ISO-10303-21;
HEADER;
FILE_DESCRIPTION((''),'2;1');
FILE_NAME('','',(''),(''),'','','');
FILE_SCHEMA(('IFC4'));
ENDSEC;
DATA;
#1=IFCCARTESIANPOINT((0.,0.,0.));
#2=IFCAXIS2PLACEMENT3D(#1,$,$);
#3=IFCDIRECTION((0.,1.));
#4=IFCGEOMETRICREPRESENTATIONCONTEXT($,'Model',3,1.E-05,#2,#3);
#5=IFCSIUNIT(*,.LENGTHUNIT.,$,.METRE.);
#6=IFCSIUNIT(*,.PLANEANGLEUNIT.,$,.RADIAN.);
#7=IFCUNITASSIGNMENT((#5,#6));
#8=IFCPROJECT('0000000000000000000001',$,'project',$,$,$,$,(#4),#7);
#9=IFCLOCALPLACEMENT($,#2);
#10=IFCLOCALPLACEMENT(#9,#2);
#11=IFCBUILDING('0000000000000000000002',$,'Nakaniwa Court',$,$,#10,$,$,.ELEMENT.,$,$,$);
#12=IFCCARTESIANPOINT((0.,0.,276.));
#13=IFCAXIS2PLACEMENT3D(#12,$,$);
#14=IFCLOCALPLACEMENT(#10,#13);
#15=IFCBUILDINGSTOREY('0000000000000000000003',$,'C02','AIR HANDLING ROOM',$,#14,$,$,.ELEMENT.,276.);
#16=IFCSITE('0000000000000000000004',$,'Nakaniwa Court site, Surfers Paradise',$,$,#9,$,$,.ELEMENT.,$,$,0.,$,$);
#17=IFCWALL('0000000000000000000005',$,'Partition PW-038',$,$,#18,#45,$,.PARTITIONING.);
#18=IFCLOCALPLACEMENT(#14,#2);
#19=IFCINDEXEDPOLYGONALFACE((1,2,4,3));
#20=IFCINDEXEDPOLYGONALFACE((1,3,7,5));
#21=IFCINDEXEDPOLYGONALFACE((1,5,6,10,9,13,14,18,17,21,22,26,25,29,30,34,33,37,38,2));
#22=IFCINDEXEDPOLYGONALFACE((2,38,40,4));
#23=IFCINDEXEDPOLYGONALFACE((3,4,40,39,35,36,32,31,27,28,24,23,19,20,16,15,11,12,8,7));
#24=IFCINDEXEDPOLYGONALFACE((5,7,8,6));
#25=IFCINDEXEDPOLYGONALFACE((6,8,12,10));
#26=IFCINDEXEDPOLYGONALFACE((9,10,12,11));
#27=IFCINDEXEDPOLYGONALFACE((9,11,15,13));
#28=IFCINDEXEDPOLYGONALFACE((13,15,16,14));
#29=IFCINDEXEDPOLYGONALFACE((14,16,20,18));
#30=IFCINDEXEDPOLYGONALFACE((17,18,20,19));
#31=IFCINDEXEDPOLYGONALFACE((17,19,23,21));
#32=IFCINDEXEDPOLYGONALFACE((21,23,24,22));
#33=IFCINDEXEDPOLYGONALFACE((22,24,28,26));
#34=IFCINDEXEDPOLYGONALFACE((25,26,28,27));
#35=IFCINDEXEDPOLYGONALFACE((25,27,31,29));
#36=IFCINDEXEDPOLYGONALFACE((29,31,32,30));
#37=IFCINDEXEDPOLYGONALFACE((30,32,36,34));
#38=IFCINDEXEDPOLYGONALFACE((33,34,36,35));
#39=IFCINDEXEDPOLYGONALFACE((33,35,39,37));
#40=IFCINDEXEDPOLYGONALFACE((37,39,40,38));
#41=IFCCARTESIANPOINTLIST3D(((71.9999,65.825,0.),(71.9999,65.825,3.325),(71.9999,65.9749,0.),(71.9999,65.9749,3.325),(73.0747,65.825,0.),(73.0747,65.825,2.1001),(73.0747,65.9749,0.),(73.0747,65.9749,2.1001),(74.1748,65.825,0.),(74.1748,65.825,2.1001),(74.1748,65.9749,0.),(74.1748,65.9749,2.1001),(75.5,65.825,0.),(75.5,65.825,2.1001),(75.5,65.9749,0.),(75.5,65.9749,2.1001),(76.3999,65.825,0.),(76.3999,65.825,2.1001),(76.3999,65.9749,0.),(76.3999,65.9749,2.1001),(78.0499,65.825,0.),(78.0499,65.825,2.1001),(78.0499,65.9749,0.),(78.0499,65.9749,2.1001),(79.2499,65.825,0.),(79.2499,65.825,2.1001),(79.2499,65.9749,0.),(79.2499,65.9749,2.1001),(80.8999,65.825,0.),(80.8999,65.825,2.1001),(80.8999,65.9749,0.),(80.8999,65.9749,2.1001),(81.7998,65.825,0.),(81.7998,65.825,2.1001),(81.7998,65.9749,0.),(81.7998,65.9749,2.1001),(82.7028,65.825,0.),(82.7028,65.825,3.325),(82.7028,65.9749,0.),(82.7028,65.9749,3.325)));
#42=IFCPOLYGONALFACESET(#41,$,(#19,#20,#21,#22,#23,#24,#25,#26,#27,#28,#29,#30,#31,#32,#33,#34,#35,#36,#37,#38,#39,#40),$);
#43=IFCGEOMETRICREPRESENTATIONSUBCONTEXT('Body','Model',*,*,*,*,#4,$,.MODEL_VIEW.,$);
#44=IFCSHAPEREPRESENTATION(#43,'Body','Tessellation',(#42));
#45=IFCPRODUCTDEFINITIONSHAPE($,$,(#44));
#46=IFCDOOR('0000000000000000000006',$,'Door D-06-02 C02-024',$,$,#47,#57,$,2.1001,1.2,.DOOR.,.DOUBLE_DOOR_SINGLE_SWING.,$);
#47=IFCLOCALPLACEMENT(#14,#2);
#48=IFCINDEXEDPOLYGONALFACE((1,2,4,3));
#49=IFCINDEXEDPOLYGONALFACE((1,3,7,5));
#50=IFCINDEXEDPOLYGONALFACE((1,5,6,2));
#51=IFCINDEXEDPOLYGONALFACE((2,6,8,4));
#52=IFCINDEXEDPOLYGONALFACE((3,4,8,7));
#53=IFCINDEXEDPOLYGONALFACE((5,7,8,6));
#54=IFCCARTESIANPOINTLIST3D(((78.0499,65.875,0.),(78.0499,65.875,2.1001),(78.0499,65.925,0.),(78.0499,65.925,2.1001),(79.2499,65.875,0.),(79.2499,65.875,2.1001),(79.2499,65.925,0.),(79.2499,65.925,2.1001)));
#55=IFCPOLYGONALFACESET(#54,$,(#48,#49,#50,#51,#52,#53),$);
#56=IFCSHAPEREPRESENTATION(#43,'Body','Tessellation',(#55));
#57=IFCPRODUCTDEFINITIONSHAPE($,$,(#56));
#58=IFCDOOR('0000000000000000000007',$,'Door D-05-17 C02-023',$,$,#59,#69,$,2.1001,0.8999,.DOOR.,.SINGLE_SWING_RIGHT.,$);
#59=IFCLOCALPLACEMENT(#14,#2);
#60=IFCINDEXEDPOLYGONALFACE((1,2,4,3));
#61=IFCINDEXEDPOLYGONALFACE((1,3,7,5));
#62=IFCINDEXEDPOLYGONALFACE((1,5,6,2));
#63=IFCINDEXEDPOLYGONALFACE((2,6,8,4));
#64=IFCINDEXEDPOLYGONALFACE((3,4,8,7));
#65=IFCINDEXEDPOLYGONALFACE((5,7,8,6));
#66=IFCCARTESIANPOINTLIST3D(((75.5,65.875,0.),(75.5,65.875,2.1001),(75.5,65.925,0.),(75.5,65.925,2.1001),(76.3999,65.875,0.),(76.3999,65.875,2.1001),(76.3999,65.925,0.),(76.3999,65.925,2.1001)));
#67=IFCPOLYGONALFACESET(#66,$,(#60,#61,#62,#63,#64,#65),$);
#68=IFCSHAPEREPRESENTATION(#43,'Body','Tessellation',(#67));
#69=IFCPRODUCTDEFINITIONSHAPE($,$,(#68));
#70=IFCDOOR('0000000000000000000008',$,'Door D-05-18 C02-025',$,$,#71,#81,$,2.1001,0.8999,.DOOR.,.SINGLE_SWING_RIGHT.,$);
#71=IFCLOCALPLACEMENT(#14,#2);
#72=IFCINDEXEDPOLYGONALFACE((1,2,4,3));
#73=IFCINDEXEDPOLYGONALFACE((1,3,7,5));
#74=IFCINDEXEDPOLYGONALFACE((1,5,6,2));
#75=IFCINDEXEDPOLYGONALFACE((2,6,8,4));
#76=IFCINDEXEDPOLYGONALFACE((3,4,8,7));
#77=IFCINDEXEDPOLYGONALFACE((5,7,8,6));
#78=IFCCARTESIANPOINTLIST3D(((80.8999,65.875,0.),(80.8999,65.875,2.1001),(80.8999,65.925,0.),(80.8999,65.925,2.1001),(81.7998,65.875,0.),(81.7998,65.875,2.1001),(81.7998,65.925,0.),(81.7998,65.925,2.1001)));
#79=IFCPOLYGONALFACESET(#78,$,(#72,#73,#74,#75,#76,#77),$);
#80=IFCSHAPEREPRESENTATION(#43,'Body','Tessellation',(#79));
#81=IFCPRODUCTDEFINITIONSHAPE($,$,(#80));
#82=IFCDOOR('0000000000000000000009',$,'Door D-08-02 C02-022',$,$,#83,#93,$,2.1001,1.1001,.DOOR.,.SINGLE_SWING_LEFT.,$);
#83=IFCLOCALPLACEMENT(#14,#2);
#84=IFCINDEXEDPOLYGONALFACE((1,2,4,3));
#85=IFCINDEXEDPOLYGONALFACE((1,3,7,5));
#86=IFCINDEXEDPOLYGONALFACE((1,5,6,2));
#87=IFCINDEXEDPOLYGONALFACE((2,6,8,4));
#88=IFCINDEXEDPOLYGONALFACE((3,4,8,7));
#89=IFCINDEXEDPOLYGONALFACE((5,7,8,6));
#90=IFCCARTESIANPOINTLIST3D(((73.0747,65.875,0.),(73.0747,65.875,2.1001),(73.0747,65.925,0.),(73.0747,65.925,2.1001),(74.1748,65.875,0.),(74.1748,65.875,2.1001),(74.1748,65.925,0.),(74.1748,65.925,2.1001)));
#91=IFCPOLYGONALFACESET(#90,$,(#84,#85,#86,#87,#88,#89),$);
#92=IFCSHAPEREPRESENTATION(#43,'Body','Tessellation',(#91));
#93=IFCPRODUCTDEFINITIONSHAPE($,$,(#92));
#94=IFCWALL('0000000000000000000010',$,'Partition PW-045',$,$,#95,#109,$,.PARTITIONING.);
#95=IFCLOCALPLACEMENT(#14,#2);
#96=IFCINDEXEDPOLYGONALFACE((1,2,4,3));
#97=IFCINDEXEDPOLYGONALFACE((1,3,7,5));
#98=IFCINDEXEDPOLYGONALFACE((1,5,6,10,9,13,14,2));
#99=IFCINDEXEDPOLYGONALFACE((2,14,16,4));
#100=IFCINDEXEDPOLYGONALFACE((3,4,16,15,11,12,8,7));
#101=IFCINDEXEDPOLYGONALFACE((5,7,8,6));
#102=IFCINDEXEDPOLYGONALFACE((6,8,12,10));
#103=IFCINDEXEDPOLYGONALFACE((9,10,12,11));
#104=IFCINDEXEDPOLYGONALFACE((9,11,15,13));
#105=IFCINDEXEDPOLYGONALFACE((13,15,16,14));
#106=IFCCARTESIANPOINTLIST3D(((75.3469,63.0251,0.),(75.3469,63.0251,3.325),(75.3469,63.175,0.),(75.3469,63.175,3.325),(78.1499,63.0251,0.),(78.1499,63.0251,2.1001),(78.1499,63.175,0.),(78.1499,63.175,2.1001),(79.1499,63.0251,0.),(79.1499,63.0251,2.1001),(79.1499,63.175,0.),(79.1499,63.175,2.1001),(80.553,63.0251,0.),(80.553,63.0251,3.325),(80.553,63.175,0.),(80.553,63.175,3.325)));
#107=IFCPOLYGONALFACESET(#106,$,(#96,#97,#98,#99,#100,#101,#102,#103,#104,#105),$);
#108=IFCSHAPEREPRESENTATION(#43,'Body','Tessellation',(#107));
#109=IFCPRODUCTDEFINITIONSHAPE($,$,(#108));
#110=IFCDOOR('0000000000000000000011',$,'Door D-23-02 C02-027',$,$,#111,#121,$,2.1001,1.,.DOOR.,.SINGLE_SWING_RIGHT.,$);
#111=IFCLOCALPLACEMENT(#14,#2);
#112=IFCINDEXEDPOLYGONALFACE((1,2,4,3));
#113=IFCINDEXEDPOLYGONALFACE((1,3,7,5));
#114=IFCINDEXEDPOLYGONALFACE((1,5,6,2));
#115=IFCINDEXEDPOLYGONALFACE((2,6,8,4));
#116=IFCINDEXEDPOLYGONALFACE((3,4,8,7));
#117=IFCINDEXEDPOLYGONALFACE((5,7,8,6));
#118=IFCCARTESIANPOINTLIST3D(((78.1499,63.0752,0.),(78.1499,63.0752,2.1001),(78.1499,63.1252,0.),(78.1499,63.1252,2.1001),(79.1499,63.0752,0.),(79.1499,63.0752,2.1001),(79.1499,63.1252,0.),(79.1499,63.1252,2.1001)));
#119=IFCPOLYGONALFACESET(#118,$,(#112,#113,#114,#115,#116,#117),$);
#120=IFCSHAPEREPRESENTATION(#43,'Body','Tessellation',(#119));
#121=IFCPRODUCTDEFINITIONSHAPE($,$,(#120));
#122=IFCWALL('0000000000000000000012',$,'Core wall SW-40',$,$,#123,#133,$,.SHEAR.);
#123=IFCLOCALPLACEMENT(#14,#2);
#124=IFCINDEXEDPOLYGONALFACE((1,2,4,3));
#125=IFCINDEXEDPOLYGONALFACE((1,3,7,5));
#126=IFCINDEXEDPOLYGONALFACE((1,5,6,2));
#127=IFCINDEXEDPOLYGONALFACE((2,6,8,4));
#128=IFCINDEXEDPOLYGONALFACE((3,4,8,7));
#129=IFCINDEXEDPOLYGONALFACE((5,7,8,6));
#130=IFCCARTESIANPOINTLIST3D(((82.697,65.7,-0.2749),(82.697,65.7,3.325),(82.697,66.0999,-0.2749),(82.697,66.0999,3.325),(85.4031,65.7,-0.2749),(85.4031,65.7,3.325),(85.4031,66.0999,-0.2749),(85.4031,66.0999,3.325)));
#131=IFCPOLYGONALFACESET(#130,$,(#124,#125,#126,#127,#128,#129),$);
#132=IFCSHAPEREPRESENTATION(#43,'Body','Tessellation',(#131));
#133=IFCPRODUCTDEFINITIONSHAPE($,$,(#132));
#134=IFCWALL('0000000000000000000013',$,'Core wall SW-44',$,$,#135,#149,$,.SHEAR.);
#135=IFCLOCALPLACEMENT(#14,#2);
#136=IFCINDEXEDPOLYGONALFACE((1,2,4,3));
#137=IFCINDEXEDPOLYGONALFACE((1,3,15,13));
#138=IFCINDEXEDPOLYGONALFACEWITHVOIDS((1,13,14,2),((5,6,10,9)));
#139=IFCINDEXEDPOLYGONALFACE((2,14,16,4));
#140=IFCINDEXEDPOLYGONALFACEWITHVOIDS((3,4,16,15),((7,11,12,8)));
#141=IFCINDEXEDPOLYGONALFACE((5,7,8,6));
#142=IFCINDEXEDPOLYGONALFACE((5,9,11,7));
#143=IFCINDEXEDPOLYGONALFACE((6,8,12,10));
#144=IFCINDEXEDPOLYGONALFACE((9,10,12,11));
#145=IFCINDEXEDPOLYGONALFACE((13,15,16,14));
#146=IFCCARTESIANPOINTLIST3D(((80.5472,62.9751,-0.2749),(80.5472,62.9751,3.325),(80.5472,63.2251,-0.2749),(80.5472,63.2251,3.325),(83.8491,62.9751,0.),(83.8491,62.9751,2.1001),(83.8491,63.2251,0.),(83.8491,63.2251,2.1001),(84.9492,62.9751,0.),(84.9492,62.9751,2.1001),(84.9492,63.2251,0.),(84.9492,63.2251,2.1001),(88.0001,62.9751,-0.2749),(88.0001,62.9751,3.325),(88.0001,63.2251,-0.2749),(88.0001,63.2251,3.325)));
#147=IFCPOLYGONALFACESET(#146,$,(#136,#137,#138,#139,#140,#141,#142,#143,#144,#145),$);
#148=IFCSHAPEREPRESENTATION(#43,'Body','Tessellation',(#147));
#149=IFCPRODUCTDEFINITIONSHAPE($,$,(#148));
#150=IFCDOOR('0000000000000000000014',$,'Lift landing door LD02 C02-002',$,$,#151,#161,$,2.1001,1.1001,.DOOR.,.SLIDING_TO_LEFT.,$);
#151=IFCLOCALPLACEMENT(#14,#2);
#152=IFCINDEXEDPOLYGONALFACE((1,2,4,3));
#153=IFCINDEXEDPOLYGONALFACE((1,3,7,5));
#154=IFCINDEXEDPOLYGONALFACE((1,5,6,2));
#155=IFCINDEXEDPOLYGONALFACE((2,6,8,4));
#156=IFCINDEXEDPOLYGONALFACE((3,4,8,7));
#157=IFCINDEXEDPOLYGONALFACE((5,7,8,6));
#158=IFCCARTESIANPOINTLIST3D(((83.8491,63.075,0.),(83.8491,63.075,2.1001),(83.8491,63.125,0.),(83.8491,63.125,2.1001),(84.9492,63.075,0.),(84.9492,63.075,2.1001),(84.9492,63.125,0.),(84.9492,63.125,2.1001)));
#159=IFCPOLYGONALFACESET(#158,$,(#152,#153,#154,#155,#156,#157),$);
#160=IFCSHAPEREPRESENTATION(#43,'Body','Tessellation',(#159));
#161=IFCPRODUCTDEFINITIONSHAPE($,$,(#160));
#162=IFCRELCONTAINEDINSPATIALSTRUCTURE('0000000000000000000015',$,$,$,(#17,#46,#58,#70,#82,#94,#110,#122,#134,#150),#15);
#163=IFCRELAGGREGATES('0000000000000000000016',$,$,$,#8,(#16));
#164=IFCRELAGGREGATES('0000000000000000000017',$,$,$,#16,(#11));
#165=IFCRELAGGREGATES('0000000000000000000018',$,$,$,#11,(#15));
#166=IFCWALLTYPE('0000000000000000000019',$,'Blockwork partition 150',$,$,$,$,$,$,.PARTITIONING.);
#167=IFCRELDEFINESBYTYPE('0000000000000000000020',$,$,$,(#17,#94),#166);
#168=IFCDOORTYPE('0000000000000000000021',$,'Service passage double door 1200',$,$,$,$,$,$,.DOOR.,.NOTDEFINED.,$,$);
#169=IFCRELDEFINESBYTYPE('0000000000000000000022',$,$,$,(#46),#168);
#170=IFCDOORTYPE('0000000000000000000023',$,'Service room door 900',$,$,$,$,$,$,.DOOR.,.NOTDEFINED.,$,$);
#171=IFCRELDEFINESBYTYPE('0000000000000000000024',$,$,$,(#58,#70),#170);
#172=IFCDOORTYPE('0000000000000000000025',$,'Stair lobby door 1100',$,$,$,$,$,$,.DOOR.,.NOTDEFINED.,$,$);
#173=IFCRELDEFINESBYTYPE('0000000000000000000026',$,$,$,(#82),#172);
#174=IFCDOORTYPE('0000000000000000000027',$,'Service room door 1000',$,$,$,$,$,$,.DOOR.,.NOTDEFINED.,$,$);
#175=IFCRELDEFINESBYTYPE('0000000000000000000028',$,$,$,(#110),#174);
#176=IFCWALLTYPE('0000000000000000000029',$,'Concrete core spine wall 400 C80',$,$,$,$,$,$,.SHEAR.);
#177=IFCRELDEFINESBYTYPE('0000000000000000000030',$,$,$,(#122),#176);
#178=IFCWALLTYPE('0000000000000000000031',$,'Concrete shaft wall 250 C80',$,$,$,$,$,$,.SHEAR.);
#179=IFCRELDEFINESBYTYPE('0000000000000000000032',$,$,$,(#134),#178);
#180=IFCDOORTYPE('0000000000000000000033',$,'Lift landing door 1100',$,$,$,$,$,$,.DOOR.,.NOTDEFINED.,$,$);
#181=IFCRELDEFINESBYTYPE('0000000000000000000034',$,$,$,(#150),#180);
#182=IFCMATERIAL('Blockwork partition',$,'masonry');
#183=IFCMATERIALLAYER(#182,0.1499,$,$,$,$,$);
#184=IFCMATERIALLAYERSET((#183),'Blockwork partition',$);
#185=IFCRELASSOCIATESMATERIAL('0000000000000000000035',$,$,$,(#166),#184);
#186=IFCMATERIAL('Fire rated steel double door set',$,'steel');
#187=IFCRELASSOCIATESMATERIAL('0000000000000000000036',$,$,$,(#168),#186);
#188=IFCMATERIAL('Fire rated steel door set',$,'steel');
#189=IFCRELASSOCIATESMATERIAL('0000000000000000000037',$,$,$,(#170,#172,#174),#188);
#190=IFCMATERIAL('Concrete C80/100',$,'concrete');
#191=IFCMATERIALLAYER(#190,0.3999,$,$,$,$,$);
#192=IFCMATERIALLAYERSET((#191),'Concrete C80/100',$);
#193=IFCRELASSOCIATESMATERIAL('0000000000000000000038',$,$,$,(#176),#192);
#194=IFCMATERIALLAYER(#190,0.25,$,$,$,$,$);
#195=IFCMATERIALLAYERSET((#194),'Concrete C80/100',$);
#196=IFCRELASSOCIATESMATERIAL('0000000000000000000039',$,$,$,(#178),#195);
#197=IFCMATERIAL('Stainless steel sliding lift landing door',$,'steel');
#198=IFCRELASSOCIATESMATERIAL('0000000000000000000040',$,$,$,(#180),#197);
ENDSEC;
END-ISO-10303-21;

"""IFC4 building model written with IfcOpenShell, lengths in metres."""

from ifc_helpers import new_model, si_unit, direction, frame, frame_2d, origin, place, context, subcontext, project, spatial, rectangle, extrude, material, layer, layer_set, type_object, element, fill, save


model = new_model("IFC4")

# Units and contexts
model_context = context("Model", 3, precision=1e-05, world=origin(), true_north=direction((0.0, 1.0)))
body_context = subcontext(model_context, "Body", "Model", "MODEL_VIEW")
ifc_project = project(units=[si_unit("LENGTHUNIT", "METRE"), si_unit("PLANEANGLEUNIT", "RADIAN")], contexts=[model_context])

# Site, building, storey
site_placement = place(None, origin())
site = spatial("IfcSite", under=ifc_project, at=site_placement, Name="Nakaniwa Court site, Surfers Paradise", CompositionType="ELEMENT", RefElevation=0.0)
building_placement = place(site_placement, origin())
building = spatial("IfcBuilding", under=site, at=building_placement, Name="Nakaniwa Court", CompositionType="ELEMENT")
storey_placement = place(building_placement, frame((0.0, 0.0, 276.0)))
storey = spatial("IfcBuildingStorey", under=building, at=storey_placement, Name="C02", Description="AIR HANDLING ROOM", CompositionType="ELEMENT", Elevation=276.0)

# Shared definitions
ifc_material_1 = material(Name="Blockwork partition", Category="masonry")
ifc_layer_1 = layer(ifc_material_1, 0.1499)
ifc_layer_set_1 = layer_set([ifc_layer_1], Name="Blockwork partition")
wall_type_1 = type_object("IfcWallType", Name="Blockwork partition 150", PredefinedType="PARTITIONING", material=ifc_layer_set_1)

# Wall, openings, doors
wall_1_placement = place(storey_placement, frame((82.7029, 65.8999, 0.0), z_axis=(0.0, 0.0, 1.0), x_axis=(-1.0, 0.0, 0.0)))
wall_1 = element("IfcWall", 1, at=wall_1_placement, inside=storey, type_object=wall_type_1, Name="Partition PW-038", PredefinedType="PARTITIONING", context=body_context, shape_type="SweptSolid", body=[
    extrude(rectangle(XDim=10.7029, YDim=0.1499, at=frame_2d((5.3516, 0.0))), origin(), (0.0, 0.0, 1.0), 3.325),
])
opening_1_placement = place(wall_1_placement, frame((8.5281, 0.0, 0.0)))
opening_1 = element("IfcOpeningElement", 2, at=opening_1_placement, cuts=wall_1, PredefinedType="OPENING", context=body_context, shape_type="SweptSolid", body=[
    extrude(rectangle(XDim=1.1001, YDim=2.1001, at=frame_2d((0.55, 1.05))), frame((0.0, 0.085, 0.0), z_axis=(0.0, -1.0, 0.0), x_axis=(1.0, 0.0, 0.0)), (0.0, 0.0, 1.0), 0.1699),
])
opening_2_placement = place(wall_1_placement, frame((6.303, 0.0, 0.0)))
opening_2 = element("IfcOpeningElement", 3, at=opening_2_placement, cuts=wall_1, PredefinedType="OPENING", context=body_context, shape_type="SweptSolid", body=[
    extrude(rectangle(XDim=0.8999, YDim=2.1001, at=frame_2d((0.45, 1.05))), frame((0.0, 0.085, 0.0), z_axis=(0.0, -1.0, 0.0), x_axis=(1.0, 0.0, 0.0)), (0.0, 0.0, 1.0), 0.1699),
])
opening_3_placement = place(wall_1_placement, frame((3.4529, 0.0, 0.0)))
opening_3 = element("IfcOpeningElement", 4, at=opening_3_placement, cuts=wall_1, PredefinedType="OPENING", context=body_context, shape_type="SweptSolid", body=[
    extrude(rectangle(XDim=1.2, YDim=2.1001, at=frame_2d((0.6001, 1.05))), frame((0.0, 0.085, 0.0), z_axis=(0.0, -1.0, 0.0), x_axis=(1.0, 0.0, 0.0)), (0.0, 0.0, 1.0), 0.1699),
])
opening_4_placement = place(wall_1_placement, frame((0.9031, 0.0, 0.0)))
opening_4 = element("IfcOpeningElement", 5, at=opening_4_placement, cuts=wall_1, PredefinedType="OPENING", context=body_context, shape_type="SweptSolid", body=[
    extrude(rectangle(XDim=0.8999, YDim=2.1001, at=frame_2d((0.45, 1.05))), frame((0.0, 0.085, 0.0), z_axis=(0.0, -1.0, 0.0), x_axis=(1.0, 0.0, 0.0)), (0.0, 0.0, 1.0), 0.1699),
])
ifc_material_2 = material(Name="Fire rated steel double door set", Category="steel")
door_type_1 = type_object("IfcDoorType", Name="Service passage double door 1200", OperationType="NOTDEFINED", PredefinedType="DOOR", material=ifc_material_2)
door_1_placement = place(opening_3_placement, origin())
door_1 = element("IfcDoor", 6, at=door_1_placement, inside=storey, type_object=door_type_1, Name="Door D-06-02 C02-024", OperationType="DOUBLE_DOOR_SINGLE_SWING", OverallHeight=2.1001, OverallWidth=1.2, PredefinedType="DOOR", context=body_context, shape_type="SweptSolid", body=[
    extrude(rectangle(XDim=1.2, YDim=2.1001, at=frame_2d((0.6001, 1.05))), frame((0.0, 0.0249, 0.0), z_axis=(0.0, -1.0, 0.0), x_axis=(1.0, 0.0, 0.0)), (0.0, 0.0, 1.0), 0.05),
])
fill(opening_3, door_1)
ifc_material_3 = material(Name="Fire rated steel door set", Category="steel")
door_type_2 = type_object("IfcDoorType", Name="Service room door 900", OperationType="NOTDEFINED", PredefinedType="DOOR", material=ifc_material_3)
door_2_placement = place(opening_2_placement, origin())
door_2 = element("IfcDoor", 7, at=door_2_placement, inside=storey, type_object=door_type_2, Name="Door D-05-17 C02-023", OperationType="SINGLE_SWING_RIGHT", OverallHeight=2.1001, OverallWidth=0.8999, PredefinedType="DOOR", context=body_context, shape_type="SweptSolid", body=[
    extrude(rectangle(XDim=0.8999, YDim=2.1001, at=frame_2d((0.45, 1.05))), frame((0.0, 0.0249, 0.0), z_axis=(0.0, -1.0, 0.0), x_axis=(1.0, 0.0, 0.0)), (0.0, 0.0, 1.0), 0.05),
])
fill(opening_2, door_2)
door_3_placement = place(opening_4_placement, origin())
door_3 = element("IfcDoor", 8, at=door_3_placement, inside=storey, type_object=door_type_2, Name="Door D-05-18 C02-025", OperationType="SINGLE_SWING_RIGHT", OverallHeight=2.1001, OverallWidth=0.8999, PredefinedType="DOOR", context=body_context, shape_type="SweptSolid", body=[
    extrude(rectangle(XDim=0.8999, YDim=2.1001, at=frame_2d((0.45, 1.05))), frame((0.0, 0.0249, 0.0), z_axis=(0.0, -1.0, 0.0), x_axis=(1.0, 0.0, 0.0)), (0.0, 0.0, 1.0), 0.05),
])
fill(opening_4, door_3)
door_type_3 = type_object("IfcDoorType", Name="Stair lobby door 1100", OperationType="NOTDEFINED", PredefinedType="DOOR", material=ifc_material_3)
door_4_placement = place(opening_1_placement, origin())
door_4 = element("IfcDoor", 9, at=door_4_placement, inside=storey, type_object=door_type_3, Name="Door D-08-02 C02-022", OperationType="SINGLE_SWING_LEFT", OverallHeight=2.1001, OverallWidth=1.1001, PredefinedType="DOOR", context=body_context, shape_type="SweptSolid", body=[
    extrude(rectangle(XDim=1.1001, YDim=2.1001, at=frame_2d((0.55, 1.05))), frame((0.0, 0.0249, 0.0), z_axis=(0.0, -1.0, 0.0), x_axis=(1.0, 0.0, 0.0)), (0.0, 0.0, 1.0), 0.05),
])
fill(opening_1, door_4)

# Wall, opening, door
wall_2_placement = place(storey_placement, frame((80.553, 63.1001, 0.0), z_axis=(0.0, 0.0, 1.0), x_axis=(-1.0, 0.0, 0.0)))
wall_2 = element("IfcWall", 10, at=wall_2_placement, inside=storey, type_object=wall_type_1, Name="Partition PW-045", PredefinedType="PARTITIONING", context=body_context, shape_type="SweptSolid", body=[
    extrude(rectangle(XDim=5.2061, YDim=0.1499, at=frame_2d((2.603, 0.0))), origin(), (0.0, 0.0, 1.0), 3.325),
])
opening_5_placement = place(wall_2_placement, frame((1.4031, 0.0, 0.0)))
opening_5 = element("IfcOpeningElement", 11, at=opening_5_placement, cuts=wall_2, PredefinedType="OPENING", context=body_context, shape_type="SweptSolid", body=[
    extrude(rectangle(XDim=1.0, YDim=2.1001, at=frame_2d((0.5, 1.05))), frame((0.0, 0.085, 0.0), z_axis=(0.0, -1.0, 0.0), x_axis=(1.0, 0.0, 0.0)), (0.0, 0.0, 1.0), 0.1699),
])
door_type_4 = type_object("IfcDoorType", Name="Service room door 1000", OperationType="NOTDEFINED", PredefinedType="DOOR", material=ifc_material_3)
door_5_placement = place(opening_5_placement, origin())
door_5 = element("IfcDoor", 12, at=door_5_placement, inside=storey, type_object=door_type_4, Name="Door D-23-02 C02-027", OperationType="SINGLE_SWING_RIGHT", OverallHeight=2.1001, OverallWidth=1.0, PredefinedType="DOOR", context=body_context, shape_type="SweptSolid", body=[
    extrude(rectangle(XDim=1.0, YDim=2.1001, at=frame_2d((0.5, 1.05))), frame((0.0, 0.0249, 0.0), z_axis=(0.0, -1.0, 0.0), x_axis=(1.0, 0.0, 0.0)), (0.0, 0.0, 1.0), 0.05),
])
fill(opening_5, door_5)

# Wall
ifc_material_4 = material(Name="Concrete C80/100", Category="concrete")
ifc_layer_2 = layer(ifc_material_4, 0.3999)
ifc_layer_set_2 = layer_set([ifc_layer_2], Name="Concrete C80/100")
wall_type_2 = type_object("IfcWallType", Name="Concrete core spine wall 400 C80", PredefinedType="SHEAR", material=ifc_layer_set_2)
wall_3_placement = place(storey_placement, frame((82.697, 65.8999, -0.2749), z_axis=(0.0, 0.0, 1.0), x_axis=(1.0, 0.0, 0.0)))
element("IfcWall", 13, at=wall_3_placement, inside=storey, type_object=wall_type_2, Name="Core wall SW-40", PredefinedType="SHEAR", context=body_context, shape_type="SweptSolid", body=[
    extrude(rectangle(XDim=2.7061, YDim=0.3999, at=frame_2d((1.353, 0.0))), origin(), (0.0, 0.0, 1.0), 3.5999),
])

# Wall, opening, door
ifc_layer_3 = layer(ifc_material_4, 0.25)
ifc_layer_set_3 = layer_set([ifc_layer_3], Name="Concrete C80/100")
wall_type_3 = type_object("IfcWallType", Name="Concrete shaft wall 250 C80", PredefinedType="SHEAR", material=ifc_layer_set_3)
wall_4_placement = place(storey_placement, frame((80.5471, 63.1001, -0.2749), z_axis=(0.0, 0.0, 1.0), x_axis=(1.0, 0.0, 0.0)))
wall_4 = element("IfcWall", 14, at=wall_4_placement, inside=storey, type_object=wall_type_3, Name="Core wall SW-44", PredefinedType="SHEAR", context=body_context, shape_type="SweptSolid", body=[
    extrude(rectangle(XDim=7.4529, YDim=0.25, at=frame_2d((3.7266, 0.0))), origin(), (0.0, 0.0, 1.0), 3.5999),
])
opening_6_placement = place(wall_4_placement, frame((3.302, 0.0, 0.2749)))
opening_6 = element("IfcOpeningElement", 15, at=opening_6_placement, cuts=wall_4, PredefinedType="OPENING", context=body_context, shape_type="SweptSolid", body=[
    extrude(rectangle(XDim=1.1001, YDim=2.1001, at=frame_2d((0.55, 1.05))), frame((0.0, 0.135, 0.0), z_axis=(0.0, -1.0, 0.0), x_axis=(1.0, 0.0, 0.0)), (0.0, 0.0, 1.0), 0.27),
])
ifc_material_5 = material(Name="Stainless steel sliding lift landing door", Category="steel")
door_type_5 = type_object("IfcDoorType", Name="Lift landing door 1100", OperationType="NOTDEFINED", PredefinedType="DOOR", material=ifc_material_5)
door_6_placement = place(opening_6_placement, origin())
door_6 = element("IfcDoor", 16, at=door_6_placement, inside=storey, type_object=door_type_5, Name="Lift landing door LD02 C02-002", OperationType="SLIDING_TO_LEFT", OverallHeight=2.1001, OverallWidth=1.1001, PredefinedType="DOOR", context=body_context, shape_type="SweptSolid", body=[
    extrude(rectangle(XDim=1.1001, YDim=2.1001, at=frame_2d((0.55, 1.05))), frame((0.0, 0.0249, 0.0), z_axis=(0.0, -1.0, 0.0), x_axis=(1.0, 0.0, 0.0)), (0.0, 0.0, 1.0), 0.05),
])
fill(opening_6, door_6)

save(model, "model.ifc")
